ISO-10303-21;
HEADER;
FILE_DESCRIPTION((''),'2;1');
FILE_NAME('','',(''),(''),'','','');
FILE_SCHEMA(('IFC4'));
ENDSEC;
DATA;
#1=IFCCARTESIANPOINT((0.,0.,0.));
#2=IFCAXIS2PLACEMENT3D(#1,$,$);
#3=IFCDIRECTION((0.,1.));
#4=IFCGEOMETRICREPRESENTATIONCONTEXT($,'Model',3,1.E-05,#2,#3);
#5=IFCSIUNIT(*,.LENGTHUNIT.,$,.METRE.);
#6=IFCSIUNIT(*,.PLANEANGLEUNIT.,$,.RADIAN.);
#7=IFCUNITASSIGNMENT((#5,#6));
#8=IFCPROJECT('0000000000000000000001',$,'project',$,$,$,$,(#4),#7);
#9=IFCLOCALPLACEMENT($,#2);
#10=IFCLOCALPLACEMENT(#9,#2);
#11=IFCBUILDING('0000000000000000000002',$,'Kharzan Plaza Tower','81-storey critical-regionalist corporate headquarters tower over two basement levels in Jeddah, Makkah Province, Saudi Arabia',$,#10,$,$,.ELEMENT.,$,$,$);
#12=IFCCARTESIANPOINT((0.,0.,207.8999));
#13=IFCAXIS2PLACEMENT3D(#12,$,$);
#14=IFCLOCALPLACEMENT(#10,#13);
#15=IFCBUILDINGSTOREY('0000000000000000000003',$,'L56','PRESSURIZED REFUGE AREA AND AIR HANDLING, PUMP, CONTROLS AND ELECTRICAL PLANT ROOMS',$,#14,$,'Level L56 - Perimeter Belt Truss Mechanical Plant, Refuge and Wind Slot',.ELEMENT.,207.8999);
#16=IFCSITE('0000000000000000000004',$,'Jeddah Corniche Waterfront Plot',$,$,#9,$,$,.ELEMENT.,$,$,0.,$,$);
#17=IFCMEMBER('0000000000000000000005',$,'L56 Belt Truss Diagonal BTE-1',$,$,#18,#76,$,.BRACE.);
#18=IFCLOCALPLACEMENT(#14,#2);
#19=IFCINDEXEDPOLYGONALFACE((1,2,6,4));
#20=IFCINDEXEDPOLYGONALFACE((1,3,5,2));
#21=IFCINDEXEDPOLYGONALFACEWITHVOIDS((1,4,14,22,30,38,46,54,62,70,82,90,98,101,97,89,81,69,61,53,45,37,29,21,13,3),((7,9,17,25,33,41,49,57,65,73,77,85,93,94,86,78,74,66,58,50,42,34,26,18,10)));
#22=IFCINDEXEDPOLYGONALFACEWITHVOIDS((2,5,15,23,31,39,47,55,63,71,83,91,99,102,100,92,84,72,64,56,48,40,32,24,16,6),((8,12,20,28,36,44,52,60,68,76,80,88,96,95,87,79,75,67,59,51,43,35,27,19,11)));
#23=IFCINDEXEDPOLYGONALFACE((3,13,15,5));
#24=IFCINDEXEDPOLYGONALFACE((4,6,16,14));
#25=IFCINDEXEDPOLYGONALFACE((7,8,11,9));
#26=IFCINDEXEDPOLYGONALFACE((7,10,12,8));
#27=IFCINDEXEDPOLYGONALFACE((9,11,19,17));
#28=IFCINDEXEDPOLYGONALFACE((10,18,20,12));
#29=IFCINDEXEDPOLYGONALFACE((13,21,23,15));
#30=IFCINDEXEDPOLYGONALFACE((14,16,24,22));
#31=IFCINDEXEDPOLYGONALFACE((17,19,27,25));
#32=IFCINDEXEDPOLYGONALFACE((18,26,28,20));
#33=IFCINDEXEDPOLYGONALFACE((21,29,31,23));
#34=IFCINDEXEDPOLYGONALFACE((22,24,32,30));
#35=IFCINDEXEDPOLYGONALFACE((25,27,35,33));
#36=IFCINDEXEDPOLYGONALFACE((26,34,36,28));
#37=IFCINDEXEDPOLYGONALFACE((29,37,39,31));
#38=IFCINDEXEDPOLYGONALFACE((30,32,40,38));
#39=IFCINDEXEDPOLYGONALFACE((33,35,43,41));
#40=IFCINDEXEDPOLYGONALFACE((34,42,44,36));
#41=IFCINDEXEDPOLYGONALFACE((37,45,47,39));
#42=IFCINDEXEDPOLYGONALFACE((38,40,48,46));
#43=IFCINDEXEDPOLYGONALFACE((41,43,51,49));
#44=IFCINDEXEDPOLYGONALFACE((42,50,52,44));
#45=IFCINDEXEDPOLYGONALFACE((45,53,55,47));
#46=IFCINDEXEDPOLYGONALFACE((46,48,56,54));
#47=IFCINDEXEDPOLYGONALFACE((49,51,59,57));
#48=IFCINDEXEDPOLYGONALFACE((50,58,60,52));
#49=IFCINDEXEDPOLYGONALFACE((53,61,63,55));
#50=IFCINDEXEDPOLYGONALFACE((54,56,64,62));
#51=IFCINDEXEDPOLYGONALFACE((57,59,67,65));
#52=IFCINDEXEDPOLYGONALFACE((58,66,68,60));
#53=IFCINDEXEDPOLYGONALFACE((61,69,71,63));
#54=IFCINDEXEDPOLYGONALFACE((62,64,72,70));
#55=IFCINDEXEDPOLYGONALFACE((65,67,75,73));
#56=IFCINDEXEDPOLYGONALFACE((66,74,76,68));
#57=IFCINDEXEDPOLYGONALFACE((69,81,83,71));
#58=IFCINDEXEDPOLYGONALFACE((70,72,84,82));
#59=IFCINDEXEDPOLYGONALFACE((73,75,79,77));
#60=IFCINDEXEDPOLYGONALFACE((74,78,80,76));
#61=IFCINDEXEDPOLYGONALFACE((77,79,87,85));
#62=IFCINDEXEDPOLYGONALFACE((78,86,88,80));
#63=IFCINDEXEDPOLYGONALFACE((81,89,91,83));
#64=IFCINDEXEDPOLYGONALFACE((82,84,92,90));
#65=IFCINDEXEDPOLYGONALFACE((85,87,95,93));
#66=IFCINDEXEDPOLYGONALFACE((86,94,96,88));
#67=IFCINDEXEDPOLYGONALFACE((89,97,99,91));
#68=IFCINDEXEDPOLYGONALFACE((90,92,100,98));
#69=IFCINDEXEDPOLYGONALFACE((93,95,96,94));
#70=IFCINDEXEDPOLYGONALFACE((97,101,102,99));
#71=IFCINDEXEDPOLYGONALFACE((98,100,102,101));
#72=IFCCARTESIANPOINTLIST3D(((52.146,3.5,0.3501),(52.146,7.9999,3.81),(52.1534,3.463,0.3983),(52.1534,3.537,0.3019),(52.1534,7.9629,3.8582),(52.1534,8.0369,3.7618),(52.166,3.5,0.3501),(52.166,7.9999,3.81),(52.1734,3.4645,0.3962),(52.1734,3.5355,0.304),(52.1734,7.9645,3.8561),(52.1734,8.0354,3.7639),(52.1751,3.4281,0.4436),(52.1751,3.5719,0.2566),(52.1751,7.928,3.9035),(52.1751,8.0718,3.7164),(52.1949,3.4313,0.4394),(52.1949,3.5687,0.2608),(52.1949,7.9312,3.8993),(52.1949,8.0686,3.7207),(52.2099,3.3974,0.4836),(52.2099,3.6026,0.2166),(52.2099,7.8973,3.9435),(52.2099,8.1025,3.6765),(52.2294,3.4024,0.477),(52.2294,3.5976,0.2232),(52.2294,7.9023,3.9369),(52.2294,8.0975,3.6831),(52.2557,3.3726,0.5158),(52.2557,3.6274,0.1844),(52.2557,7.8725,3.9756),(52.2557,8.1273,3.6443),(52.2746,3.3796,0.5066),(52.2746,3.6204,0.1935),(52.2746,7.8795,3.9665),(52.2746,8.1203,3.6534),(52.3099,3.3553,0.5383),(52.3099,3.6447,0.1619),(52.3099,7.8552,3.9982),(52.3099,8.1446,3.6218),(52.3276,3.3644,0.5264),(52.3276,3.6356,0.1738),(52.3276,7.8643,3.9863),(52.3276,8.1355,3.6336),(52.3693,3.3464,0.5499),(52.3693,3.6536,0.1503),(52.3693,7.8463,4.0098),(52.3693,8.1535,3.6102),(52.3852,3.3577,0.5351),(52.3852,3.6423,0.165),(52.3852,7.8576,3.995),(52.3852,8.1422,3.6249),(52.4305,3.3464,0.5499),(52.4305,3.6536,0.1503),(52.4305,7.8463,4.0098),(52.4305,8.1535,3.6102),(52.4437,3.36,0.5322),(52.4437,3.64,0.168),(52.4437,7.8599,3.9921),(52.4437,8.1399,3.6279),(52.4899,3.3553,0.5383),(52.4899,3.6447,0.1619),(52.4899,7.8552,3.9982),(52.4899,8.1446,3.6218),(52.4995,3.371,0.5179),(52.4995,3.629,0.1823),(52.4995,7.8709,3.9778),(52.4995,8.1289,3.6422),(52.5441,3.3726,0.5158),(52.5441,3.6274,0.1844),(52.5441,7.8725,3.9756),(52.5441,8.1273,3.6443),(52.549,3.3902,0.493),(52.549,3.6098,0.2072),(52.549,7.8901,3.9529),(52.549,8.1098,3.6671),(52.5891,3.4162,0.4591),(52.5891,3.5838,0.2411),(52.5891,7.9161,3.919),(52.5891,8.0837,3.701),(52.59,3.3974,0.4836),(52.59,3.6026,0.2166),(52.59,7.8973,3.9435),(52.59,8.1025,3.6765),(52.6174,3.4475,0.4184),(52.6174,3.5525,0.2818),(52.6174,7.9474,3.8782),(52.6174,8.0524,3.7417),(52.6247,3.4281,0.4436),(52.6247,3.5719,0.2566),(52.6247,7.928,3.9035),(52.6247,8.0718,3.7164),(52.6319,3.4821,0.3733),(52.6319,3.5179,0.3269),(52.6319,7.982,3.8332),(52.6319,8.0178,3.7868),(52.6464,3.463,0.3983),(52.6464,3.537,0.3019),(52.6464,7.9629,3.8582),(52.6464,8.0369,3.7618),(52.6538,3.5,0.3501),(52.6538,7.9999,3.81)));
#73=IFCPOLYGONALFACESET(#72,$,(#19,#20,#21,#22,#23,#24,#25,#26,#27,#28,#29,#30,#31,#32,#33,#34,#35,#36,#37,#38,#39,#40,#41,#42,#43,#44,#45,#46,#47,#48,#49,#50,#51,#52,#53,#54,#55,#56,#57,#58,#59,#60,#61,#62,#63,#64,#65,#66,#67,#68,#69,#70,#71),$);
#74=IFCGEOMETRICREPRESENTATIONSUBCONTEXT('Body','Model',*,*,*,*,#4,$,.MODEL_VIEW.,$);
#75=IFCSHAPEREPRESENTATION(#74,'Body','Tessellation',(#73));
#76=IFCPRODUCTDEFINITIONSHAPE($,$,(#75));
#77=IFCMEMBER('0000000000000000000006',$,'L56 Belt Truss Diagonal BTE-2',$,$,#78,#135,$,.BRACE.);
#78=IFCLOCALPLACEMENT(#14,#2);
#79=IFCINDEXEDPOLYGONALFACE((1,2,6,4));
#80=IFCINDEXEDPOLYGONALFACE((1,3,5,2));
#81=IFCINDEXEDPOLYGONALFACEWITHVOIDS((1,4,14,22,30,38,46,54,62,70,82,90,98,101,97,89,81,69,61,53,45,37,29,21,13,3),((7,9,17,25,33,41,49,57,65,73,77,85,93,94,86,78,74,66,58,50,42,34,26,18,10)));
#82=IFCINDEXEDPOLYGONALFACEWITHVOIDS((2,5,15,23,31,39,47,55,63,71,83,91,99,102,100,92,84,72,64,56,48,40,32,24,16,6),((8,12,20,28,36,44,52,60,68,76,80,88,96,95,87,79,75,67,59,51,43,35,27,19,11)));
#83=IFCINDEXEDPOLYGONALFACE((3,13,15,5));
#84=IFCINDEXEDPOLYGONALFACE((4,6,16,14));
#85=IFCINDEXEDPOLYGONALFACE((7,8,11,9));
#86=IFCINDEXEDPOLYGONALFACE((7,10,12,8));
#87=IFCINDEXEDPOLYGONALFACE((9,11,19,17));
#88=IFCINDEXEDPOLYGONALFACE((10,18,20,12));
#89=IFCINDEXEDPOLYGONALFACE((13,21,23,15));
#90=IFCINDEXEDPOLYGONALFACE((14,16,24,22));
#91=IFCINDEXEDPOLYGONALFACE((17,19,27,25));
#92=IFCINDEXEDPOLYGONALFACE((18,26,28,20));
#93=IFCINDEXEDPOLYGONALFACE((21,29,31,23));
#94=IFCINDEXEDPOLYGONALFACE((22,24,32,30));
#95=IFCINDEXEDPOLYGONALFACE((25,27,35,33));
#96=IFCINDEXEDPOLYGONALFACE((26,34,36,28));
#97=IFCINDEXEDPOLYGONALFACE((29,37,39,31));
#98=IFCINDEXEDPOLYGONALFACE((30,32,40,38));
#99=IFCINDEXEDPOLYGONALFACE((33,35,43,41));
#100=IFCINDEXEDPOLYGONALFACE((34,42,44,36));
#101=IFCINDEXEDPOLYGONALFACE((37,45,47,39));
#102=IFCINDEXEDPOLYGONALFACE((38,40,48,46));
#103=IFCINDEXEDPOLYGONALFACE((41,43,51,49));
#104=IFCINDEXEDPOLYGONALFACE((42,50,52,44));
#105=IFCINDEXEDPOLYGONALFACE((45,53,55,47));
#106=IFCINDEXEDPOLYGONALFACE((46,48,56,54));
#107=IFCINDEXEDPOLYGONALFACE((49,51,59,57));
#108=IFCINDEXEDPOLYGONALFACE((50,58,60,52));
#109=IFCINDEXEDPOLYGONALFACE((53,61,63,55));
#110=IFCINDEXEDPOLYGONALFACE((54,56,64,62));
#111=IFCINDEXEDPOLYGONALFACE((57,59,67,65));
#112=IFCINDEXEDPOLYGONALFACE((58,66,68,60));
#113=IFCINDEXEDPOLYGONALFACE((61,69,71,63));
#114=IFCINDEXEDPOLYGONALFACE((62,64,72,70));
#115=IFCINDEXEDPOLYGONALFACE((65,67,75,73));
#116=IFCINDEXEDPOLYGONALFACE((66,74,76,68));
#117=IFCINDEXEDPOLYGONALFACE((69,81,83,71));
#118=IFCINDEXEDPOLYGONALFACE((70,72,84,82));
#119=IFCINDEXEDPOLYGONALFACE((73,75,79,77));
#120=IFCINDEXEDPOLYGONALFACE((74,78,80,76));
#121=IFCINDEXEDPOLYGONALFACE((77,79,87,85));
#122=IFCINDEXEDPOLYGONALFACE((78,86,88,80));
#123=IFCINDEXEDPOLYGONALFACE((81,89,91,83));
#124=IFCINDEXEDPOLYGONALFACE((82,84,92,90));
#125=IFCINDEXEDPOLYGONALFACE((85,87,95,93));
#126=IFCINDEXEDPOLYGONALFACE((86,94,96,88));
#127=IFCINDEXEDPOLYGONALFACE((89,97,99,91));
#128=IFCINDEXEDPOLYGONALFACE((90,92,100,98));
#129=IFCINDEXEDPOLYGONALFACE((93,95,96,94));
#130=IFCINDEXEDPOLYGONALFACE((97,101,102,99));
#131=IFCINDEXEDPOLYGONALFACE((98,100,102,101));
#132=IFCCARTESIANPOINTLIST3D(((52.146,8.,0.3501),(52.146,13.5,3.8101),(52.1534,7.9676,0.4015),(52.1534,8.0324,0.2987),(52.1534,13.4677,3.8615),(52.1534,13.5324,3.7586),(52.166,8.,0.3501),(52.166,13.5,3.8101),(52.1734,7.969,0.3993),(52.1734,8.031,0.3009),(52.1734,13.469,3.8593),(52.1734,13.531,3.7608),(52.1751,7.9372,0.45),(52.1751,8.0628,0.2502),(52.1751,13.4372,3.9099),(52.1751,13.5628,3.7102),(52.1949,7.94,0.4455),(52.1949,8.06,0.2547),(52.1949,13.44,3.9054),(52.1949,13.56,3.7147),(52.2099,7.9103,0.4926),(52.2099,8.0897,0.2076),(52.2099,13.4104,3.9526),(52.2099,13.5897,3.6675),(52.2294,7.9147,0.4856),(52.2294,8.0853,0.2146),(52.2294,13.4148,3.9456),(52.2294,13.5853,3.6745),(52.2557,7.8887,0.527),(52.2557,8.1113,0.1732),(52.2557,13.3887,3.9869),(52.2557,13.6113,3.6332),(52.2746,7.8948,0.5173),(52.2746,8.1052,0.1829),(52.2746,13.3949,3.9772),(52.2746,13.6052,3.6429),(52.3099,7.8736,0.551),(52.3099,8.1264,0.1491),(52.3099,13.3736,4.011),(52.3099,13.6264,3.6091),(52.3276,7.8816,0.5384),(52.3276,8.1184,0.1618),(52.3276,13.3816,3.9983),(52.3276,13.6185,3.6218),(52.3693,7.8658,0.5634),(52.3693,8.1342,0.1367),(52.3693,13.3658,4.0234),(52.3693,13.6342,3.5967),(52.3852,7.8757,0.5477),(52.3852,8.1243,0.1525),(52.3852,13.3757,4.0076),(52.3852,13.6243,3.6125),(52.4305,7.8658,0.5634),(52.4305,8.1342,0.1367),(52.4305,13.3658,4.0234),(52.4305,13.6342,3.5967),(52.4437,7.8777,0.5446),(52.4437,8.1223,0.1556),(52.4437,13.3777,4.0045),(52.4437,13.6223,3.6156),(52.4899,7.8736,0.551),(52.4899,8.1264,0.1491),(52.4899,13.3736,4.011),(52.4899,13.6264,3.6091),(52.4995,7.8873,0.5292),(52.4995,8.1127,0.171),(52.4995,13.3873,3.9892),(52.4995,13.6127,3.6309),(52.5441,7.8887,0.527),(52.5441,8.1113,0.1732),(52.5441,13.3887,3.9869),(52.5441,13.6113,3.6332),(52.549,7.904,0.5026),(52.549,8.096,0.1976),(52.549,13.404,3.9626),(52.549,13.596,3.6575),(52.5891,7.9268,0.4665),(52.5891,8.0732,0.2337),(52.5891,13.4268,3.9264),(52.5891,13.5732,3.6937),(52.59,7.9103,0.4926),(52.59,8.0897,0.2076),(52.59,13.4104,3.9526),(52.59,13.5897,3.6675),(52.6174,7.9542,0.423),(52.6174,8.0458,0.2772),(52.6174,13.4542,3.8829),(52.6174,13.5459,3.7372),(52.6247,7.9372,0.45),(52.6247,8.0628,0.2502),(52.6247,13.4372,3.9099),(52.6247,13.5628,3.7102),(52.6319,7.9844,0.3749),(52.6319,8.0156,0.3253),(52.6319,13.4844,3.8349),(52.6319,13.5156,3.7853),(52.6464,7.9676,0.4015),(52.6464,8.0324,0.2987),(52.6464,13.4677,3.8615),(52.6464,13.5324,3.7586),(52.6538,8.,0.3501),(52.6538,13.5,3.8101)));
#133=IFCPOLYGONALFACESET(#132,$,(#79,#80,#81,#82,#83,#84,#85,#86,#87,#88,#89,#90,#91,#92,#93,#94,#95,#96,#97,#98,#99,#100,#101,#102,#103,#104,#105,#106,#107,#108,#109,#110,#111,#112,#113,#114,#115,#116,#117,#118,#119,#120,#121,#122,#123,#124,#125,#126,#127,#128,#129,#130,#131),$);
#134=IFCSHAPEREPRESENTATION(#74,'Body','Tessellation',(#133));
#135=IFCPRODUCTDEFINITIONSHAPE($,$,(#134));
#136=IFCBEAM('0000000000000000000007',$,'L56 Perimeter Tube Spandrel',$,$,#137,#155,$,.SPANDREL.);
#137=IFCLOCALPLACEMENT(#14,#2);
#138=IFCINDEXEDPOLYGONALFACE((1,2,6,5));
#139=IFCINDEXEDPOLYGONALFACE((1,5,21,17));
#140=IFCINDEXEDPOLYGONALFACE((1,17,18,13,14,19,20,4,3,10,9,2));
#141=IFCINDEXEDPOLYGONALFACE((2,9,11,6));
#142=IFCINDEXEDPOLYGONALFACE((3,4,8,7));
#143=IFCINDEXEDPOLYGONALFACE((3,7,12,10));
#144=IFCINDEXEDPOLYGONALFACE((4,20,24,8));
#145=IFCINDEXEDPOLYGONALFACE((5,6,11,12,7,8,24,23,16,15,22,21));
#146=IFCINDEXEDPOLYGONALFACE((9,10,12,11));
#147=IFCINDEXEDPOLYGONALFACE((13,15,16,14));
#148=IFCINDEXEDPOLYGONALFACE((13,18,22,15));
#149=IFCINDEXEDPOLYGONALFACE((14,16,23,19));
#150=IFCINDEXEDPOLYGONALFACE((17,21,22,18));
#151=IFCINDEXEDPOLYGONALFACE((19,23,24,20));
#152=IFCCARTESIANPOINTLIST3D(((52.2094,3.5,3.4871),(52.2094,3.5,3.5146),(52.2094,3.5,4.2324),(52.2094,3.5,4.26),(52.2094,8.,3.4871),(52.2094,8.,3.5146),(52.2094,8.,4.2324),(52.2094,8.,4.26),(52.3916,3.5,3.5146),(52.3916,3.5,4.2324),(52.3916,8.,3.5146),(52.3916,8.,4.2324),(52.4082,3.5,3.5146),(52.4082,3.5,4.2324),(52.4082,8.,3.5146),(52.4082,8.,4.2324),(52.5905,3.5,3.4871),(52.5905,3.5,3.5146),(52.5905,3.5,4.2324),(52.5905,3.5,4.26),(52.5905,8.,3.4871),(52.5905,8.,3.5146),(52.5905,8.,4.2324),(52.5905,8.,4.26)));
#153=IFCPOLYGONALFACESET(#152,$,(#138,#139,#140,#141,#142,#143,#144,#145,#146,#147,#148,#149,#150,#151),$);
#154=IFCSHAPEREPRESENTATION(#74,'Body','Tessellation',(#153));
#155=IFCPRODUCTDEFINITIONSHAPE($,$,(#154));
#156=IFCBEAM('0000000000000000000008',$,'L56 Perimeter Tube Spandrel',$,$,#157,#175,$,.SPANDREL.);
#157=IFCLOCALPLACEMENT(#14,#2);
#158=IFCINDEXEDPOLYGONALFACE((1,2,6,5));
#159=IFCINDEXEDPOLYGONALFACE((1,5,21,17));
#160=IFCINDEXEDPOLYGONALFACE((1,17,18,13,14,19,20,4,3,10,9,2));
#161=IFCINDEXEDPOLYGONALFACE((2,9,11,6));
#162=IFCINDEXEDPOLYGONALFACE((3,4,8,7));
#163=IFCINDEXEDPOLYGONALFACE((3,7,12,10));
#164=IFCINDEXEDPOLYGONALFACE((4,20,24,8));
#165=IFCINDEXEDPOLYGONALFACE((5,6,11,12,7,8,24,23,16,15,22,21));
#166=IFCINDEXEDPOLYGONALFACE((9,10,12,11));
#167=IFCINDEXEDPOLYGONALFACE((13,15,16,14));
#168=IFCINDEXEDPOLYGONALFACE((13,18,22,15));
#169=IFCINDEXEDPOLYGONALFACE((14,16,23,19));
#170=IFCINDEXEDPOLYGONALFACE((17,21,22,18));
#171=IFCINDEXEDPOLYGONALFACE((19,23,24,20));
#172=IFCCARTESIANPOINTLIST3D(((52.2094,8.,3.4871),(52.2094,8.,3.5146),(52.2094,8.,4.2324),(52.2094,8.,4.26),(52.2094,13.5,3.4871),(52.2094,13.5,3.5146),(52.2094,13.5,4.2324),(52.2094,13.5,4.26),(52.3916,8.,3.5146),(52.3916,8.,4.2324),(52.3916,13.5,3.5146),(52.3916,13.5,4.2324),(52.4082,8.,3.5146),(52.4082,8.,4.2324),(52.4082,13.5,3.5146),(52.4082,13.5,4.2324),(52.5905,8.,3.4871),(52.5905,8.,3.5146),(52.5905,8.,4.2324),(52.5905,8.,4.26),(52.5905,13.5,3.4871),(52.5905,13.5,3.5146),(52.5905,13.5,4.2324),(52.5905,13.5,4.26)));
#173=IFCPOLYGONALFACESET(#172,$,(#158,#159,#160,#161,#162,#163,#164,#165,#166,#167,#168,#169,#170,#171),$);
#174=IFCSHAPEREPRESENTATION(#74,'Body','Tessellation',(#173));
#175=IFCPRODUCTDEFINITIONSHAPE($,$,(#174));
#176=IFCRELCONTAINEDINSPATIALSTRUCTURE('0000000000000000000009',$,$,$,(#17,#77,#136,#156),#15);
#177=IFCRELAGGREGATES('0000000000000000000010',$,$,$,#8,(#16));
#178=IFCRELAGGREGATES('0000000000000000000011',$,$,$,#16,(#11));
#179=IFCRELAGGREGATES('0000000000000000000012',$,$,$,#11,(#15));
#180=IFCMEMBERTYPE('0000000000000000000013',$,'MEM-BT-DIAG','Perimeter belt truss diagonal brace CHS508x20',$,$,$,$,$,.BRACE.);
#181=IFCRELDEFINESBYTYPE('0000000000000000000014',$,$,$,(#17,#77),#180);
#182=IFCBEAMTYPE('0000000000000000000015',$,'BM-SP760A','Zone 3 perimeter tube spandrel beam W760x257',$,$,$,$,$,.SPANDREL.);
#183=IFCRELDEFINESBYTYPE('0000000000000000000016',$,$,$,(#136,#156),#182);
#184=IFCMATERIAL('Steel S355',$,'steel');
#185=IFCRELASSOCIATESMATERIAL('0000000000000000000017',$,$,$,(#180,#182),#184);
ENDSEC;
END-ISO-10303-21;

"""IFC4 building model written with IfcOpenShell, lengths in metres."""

from ifc_helpers import new_model, si_unit, direction, frame, origin, origin_2d, place, context, subcontext, project, spatial, hollow_circle, i_section, extrude, source, transform, mapped, material, material_profile, profile_set, type_object, element, save


model = new_model("IFC4")

# Units and contexts
model_context = context("Model", 3, precision=1e-05, world=origin(), true_north=direction((0.0, 1.0)))
body_context = subcontext(model_context, "Body", "Model", "MODEL_VIEW")
ifc_project = project(units=[si_unit("LENGTHUNIT", "METRE"), si_unit("PLANEANGLEUNIT", "RADIAN")], contexts=[model_context])

# Site, building, storey
site_placement = place(None, origin())
site = spatial("IfcSite", under=ifc_project, at=site_placement, Name="Jeddah Corniche Waterfront Plot", CompositionType="ELEMENT", RefElevation=0.0)
building_placement = place(site_placement, origin())
building = spatial("IfcBuilding", under=site, at=building_placement, Name="Kharzan Plaza Tower", Description="81-storey critical-regionalist corporate headquarters tower over two basement levels in Jeddah, Makkah Province, Saudi Arabia", CompositionType="ELEMENT")
storey_placement = place(building_placement, frame((0.0, 0.0, 207.8999)))
storey = spatial("IfcBuildingStorey", under=building, at=storey_placement, Name="L56", Description="PRESSURIZED REFUGE AREA AND AIR HANDLING, PUMP, CONTROLS AND ELECTRICAL PLANT ROOMS", LongName="Level L56 - Perimeter Belt Truss Mechanical Plant, Refuge and Wind Slot", CompositionType="ELEMENT", Elevation=207.8999)

# Shared definitions
ifc_material_1 = material(Name="Steel S355", Category="steel")

# Members
ifc_material_profile_1 = material_profile(ifc_material_1, hollow_circle(Radius=0.2539, WallThickness=0.02, at=origin_2d()), Name="CHS508x20")
ifc_profile_set_1 = profile_set([ifc_material_profile_1], Name="Steel S355")
member_type_1 = type_object("IfcMemberType", Name="MEM-BT-DIAG", Description="Perimeter belt truss diagonal brace CHS508x20", PredefinedType="BRACE", material=ifc_profile_set_1)
shared_shape_1 = source(origin(), body_context, "Body", "SweptSolid", [
    extrude(hollow_circle(Radius=0.2539, WallThickness=0.02, at=origin_2d()), origin(), (0.0, 0.0, 1.0), 5.6763),
])
member_1_placement = place(storey_placement, frame((52.3999, 3.5, 0.3501), z_axis=(0.0, 0.792758, 0.609536), x_axis=(-1.0, 0.0, 0.0)))
element("IfcMember", 1, at=member_1_placement, inside=storey, type_object=member_type_1, Name="L56 Belt Truss Diagonal BTE-1", PredefinedType="BRACE", context=body_context, shape_type="MappedRepresentation", body=[
    mapped(shared_shape_1, transform((0.0, 0.0, 0.0), x_axis=(1.0, 0.0, 0.0), y_axis=(0.0, 1.0, 0.0), z_axis=(0.0, 0.0, 1.0))),
])
shared_shape_2 = source(origin(), body_context, "Body", "SweptSolid", [
    extrude(hollow_circle(Radius=0.2539, WallThickness=0.02, at=origin_2d()), origin(), (0.0, 0.0, 1.0), 6.4978),
])
member_2_placement = place(storey_placement, frame((52.3999, 8.0, 0.3501), z_axis=(0.0, 0.846441, 0.532482), x_axis=(-1.0, 0.0, 0.0)))
element("IfcMember", 2, at=member_2_placement, inside=storey, type_object=member_type_1, Name="L56 Belt Truss Diagonal BTE-2", PredefinedType="BRACE", context=body_context, shape_type="MappedRepresentation", body=[
    mapped(shared_shape_2, transform((0.0, 0.0, 0.0), x_axis=(1.0, 0.0, 0.0), y_axis=(0.0, 1.0, 0.0), z_axis=(0.0, 0.0, 1.0))),
])

# Beams
ifc_material_profile_2 = material_profile(ifc_material_1, i_section(OverallWidth=0.3811, OverallDepth=0.7729, WebThickness=0.0166, FlangeThickness=0.0276, at=origin_2d()), Name="W760x257")
ifc_profile_set_2 = profile_set([ifc_material_profile_2], Name="Steel S355")
beam_type_1 = type_object("IfcBeamType", Name="BM-SP760A", Description="Zone 3 perimeter tube spandrel beam W760x257", PredefinedType="SPANDREL", material=ifc_profile_set_2)
shared_shape_3 = source(origin(), body_context, "Body", "SweptSolid", [
    extrude(i_section(OverallWidth=0.3811, OverallDepth=0.7729, WebThickness=0.0166, FlangeThickness=0.0276, at=origin_2d()), origin(), (0.0, 0.0, 1.0), 4.5),
])
beam_1_placement = place(storey_placement, frame((52.3999, 3.5, 3.8735), z_axis=(0.0, 1.0, 0.0), x_axis=(-1.0, 0.0, 0.0)))
element("IfcBeam", 3, at=beam_1_placement, inside=storey, type_object=beam_type_1, Name="L56 Perimeter Tube Spandrel", PredefinedType="SPANDREL", context=body_context, shape_type="MappedRepresentation", body=[
    mapped(shared_shape_3, transform((0.0, 0.0, 0.0), x_axis=(1.0, 0.0, 0.0), y_axis=(0.0, 1.0, 0.0), z_axis=(0.0, 0.0, 1.0))),
])
shared_shape_4 = source(origin(), body_context, "Body", "SweptSolid", [
    extrude(i_section(OverallWidth=0.3811, OverallDepth=0.7729, WebThickness=0.0166, FlangeThickness=0.0276, at=origin_2d()), origin(), (0.0, 0.0, 1.0), 5.5),
])
beam_2_placement = place(storey_placement, frame((52.3999, 8.0, 3.8735), z_axis=(0.0, 1.0, 0.0), x_axis=(-1.0, 0.0, 0.0)))
element("IfcBeam", 4, at=beam_2_placement, inside=storey, type_object=beam_type_1, Name="L56 Perimeter Tube Spandrel", PredefinedType="SPANDREL", context=body_context, shape_type="MappedRepresentation", body=[
    mapped(shared_shape_4, transform((0.0, 0.0, 0.0), x_axis=(1.0, 0.0, 0.0), y_axis=(0.0, 1.0, 0.0), z_axis=(0.0, 0.0, 1.0))),
])

save(model, "model.ifc")
